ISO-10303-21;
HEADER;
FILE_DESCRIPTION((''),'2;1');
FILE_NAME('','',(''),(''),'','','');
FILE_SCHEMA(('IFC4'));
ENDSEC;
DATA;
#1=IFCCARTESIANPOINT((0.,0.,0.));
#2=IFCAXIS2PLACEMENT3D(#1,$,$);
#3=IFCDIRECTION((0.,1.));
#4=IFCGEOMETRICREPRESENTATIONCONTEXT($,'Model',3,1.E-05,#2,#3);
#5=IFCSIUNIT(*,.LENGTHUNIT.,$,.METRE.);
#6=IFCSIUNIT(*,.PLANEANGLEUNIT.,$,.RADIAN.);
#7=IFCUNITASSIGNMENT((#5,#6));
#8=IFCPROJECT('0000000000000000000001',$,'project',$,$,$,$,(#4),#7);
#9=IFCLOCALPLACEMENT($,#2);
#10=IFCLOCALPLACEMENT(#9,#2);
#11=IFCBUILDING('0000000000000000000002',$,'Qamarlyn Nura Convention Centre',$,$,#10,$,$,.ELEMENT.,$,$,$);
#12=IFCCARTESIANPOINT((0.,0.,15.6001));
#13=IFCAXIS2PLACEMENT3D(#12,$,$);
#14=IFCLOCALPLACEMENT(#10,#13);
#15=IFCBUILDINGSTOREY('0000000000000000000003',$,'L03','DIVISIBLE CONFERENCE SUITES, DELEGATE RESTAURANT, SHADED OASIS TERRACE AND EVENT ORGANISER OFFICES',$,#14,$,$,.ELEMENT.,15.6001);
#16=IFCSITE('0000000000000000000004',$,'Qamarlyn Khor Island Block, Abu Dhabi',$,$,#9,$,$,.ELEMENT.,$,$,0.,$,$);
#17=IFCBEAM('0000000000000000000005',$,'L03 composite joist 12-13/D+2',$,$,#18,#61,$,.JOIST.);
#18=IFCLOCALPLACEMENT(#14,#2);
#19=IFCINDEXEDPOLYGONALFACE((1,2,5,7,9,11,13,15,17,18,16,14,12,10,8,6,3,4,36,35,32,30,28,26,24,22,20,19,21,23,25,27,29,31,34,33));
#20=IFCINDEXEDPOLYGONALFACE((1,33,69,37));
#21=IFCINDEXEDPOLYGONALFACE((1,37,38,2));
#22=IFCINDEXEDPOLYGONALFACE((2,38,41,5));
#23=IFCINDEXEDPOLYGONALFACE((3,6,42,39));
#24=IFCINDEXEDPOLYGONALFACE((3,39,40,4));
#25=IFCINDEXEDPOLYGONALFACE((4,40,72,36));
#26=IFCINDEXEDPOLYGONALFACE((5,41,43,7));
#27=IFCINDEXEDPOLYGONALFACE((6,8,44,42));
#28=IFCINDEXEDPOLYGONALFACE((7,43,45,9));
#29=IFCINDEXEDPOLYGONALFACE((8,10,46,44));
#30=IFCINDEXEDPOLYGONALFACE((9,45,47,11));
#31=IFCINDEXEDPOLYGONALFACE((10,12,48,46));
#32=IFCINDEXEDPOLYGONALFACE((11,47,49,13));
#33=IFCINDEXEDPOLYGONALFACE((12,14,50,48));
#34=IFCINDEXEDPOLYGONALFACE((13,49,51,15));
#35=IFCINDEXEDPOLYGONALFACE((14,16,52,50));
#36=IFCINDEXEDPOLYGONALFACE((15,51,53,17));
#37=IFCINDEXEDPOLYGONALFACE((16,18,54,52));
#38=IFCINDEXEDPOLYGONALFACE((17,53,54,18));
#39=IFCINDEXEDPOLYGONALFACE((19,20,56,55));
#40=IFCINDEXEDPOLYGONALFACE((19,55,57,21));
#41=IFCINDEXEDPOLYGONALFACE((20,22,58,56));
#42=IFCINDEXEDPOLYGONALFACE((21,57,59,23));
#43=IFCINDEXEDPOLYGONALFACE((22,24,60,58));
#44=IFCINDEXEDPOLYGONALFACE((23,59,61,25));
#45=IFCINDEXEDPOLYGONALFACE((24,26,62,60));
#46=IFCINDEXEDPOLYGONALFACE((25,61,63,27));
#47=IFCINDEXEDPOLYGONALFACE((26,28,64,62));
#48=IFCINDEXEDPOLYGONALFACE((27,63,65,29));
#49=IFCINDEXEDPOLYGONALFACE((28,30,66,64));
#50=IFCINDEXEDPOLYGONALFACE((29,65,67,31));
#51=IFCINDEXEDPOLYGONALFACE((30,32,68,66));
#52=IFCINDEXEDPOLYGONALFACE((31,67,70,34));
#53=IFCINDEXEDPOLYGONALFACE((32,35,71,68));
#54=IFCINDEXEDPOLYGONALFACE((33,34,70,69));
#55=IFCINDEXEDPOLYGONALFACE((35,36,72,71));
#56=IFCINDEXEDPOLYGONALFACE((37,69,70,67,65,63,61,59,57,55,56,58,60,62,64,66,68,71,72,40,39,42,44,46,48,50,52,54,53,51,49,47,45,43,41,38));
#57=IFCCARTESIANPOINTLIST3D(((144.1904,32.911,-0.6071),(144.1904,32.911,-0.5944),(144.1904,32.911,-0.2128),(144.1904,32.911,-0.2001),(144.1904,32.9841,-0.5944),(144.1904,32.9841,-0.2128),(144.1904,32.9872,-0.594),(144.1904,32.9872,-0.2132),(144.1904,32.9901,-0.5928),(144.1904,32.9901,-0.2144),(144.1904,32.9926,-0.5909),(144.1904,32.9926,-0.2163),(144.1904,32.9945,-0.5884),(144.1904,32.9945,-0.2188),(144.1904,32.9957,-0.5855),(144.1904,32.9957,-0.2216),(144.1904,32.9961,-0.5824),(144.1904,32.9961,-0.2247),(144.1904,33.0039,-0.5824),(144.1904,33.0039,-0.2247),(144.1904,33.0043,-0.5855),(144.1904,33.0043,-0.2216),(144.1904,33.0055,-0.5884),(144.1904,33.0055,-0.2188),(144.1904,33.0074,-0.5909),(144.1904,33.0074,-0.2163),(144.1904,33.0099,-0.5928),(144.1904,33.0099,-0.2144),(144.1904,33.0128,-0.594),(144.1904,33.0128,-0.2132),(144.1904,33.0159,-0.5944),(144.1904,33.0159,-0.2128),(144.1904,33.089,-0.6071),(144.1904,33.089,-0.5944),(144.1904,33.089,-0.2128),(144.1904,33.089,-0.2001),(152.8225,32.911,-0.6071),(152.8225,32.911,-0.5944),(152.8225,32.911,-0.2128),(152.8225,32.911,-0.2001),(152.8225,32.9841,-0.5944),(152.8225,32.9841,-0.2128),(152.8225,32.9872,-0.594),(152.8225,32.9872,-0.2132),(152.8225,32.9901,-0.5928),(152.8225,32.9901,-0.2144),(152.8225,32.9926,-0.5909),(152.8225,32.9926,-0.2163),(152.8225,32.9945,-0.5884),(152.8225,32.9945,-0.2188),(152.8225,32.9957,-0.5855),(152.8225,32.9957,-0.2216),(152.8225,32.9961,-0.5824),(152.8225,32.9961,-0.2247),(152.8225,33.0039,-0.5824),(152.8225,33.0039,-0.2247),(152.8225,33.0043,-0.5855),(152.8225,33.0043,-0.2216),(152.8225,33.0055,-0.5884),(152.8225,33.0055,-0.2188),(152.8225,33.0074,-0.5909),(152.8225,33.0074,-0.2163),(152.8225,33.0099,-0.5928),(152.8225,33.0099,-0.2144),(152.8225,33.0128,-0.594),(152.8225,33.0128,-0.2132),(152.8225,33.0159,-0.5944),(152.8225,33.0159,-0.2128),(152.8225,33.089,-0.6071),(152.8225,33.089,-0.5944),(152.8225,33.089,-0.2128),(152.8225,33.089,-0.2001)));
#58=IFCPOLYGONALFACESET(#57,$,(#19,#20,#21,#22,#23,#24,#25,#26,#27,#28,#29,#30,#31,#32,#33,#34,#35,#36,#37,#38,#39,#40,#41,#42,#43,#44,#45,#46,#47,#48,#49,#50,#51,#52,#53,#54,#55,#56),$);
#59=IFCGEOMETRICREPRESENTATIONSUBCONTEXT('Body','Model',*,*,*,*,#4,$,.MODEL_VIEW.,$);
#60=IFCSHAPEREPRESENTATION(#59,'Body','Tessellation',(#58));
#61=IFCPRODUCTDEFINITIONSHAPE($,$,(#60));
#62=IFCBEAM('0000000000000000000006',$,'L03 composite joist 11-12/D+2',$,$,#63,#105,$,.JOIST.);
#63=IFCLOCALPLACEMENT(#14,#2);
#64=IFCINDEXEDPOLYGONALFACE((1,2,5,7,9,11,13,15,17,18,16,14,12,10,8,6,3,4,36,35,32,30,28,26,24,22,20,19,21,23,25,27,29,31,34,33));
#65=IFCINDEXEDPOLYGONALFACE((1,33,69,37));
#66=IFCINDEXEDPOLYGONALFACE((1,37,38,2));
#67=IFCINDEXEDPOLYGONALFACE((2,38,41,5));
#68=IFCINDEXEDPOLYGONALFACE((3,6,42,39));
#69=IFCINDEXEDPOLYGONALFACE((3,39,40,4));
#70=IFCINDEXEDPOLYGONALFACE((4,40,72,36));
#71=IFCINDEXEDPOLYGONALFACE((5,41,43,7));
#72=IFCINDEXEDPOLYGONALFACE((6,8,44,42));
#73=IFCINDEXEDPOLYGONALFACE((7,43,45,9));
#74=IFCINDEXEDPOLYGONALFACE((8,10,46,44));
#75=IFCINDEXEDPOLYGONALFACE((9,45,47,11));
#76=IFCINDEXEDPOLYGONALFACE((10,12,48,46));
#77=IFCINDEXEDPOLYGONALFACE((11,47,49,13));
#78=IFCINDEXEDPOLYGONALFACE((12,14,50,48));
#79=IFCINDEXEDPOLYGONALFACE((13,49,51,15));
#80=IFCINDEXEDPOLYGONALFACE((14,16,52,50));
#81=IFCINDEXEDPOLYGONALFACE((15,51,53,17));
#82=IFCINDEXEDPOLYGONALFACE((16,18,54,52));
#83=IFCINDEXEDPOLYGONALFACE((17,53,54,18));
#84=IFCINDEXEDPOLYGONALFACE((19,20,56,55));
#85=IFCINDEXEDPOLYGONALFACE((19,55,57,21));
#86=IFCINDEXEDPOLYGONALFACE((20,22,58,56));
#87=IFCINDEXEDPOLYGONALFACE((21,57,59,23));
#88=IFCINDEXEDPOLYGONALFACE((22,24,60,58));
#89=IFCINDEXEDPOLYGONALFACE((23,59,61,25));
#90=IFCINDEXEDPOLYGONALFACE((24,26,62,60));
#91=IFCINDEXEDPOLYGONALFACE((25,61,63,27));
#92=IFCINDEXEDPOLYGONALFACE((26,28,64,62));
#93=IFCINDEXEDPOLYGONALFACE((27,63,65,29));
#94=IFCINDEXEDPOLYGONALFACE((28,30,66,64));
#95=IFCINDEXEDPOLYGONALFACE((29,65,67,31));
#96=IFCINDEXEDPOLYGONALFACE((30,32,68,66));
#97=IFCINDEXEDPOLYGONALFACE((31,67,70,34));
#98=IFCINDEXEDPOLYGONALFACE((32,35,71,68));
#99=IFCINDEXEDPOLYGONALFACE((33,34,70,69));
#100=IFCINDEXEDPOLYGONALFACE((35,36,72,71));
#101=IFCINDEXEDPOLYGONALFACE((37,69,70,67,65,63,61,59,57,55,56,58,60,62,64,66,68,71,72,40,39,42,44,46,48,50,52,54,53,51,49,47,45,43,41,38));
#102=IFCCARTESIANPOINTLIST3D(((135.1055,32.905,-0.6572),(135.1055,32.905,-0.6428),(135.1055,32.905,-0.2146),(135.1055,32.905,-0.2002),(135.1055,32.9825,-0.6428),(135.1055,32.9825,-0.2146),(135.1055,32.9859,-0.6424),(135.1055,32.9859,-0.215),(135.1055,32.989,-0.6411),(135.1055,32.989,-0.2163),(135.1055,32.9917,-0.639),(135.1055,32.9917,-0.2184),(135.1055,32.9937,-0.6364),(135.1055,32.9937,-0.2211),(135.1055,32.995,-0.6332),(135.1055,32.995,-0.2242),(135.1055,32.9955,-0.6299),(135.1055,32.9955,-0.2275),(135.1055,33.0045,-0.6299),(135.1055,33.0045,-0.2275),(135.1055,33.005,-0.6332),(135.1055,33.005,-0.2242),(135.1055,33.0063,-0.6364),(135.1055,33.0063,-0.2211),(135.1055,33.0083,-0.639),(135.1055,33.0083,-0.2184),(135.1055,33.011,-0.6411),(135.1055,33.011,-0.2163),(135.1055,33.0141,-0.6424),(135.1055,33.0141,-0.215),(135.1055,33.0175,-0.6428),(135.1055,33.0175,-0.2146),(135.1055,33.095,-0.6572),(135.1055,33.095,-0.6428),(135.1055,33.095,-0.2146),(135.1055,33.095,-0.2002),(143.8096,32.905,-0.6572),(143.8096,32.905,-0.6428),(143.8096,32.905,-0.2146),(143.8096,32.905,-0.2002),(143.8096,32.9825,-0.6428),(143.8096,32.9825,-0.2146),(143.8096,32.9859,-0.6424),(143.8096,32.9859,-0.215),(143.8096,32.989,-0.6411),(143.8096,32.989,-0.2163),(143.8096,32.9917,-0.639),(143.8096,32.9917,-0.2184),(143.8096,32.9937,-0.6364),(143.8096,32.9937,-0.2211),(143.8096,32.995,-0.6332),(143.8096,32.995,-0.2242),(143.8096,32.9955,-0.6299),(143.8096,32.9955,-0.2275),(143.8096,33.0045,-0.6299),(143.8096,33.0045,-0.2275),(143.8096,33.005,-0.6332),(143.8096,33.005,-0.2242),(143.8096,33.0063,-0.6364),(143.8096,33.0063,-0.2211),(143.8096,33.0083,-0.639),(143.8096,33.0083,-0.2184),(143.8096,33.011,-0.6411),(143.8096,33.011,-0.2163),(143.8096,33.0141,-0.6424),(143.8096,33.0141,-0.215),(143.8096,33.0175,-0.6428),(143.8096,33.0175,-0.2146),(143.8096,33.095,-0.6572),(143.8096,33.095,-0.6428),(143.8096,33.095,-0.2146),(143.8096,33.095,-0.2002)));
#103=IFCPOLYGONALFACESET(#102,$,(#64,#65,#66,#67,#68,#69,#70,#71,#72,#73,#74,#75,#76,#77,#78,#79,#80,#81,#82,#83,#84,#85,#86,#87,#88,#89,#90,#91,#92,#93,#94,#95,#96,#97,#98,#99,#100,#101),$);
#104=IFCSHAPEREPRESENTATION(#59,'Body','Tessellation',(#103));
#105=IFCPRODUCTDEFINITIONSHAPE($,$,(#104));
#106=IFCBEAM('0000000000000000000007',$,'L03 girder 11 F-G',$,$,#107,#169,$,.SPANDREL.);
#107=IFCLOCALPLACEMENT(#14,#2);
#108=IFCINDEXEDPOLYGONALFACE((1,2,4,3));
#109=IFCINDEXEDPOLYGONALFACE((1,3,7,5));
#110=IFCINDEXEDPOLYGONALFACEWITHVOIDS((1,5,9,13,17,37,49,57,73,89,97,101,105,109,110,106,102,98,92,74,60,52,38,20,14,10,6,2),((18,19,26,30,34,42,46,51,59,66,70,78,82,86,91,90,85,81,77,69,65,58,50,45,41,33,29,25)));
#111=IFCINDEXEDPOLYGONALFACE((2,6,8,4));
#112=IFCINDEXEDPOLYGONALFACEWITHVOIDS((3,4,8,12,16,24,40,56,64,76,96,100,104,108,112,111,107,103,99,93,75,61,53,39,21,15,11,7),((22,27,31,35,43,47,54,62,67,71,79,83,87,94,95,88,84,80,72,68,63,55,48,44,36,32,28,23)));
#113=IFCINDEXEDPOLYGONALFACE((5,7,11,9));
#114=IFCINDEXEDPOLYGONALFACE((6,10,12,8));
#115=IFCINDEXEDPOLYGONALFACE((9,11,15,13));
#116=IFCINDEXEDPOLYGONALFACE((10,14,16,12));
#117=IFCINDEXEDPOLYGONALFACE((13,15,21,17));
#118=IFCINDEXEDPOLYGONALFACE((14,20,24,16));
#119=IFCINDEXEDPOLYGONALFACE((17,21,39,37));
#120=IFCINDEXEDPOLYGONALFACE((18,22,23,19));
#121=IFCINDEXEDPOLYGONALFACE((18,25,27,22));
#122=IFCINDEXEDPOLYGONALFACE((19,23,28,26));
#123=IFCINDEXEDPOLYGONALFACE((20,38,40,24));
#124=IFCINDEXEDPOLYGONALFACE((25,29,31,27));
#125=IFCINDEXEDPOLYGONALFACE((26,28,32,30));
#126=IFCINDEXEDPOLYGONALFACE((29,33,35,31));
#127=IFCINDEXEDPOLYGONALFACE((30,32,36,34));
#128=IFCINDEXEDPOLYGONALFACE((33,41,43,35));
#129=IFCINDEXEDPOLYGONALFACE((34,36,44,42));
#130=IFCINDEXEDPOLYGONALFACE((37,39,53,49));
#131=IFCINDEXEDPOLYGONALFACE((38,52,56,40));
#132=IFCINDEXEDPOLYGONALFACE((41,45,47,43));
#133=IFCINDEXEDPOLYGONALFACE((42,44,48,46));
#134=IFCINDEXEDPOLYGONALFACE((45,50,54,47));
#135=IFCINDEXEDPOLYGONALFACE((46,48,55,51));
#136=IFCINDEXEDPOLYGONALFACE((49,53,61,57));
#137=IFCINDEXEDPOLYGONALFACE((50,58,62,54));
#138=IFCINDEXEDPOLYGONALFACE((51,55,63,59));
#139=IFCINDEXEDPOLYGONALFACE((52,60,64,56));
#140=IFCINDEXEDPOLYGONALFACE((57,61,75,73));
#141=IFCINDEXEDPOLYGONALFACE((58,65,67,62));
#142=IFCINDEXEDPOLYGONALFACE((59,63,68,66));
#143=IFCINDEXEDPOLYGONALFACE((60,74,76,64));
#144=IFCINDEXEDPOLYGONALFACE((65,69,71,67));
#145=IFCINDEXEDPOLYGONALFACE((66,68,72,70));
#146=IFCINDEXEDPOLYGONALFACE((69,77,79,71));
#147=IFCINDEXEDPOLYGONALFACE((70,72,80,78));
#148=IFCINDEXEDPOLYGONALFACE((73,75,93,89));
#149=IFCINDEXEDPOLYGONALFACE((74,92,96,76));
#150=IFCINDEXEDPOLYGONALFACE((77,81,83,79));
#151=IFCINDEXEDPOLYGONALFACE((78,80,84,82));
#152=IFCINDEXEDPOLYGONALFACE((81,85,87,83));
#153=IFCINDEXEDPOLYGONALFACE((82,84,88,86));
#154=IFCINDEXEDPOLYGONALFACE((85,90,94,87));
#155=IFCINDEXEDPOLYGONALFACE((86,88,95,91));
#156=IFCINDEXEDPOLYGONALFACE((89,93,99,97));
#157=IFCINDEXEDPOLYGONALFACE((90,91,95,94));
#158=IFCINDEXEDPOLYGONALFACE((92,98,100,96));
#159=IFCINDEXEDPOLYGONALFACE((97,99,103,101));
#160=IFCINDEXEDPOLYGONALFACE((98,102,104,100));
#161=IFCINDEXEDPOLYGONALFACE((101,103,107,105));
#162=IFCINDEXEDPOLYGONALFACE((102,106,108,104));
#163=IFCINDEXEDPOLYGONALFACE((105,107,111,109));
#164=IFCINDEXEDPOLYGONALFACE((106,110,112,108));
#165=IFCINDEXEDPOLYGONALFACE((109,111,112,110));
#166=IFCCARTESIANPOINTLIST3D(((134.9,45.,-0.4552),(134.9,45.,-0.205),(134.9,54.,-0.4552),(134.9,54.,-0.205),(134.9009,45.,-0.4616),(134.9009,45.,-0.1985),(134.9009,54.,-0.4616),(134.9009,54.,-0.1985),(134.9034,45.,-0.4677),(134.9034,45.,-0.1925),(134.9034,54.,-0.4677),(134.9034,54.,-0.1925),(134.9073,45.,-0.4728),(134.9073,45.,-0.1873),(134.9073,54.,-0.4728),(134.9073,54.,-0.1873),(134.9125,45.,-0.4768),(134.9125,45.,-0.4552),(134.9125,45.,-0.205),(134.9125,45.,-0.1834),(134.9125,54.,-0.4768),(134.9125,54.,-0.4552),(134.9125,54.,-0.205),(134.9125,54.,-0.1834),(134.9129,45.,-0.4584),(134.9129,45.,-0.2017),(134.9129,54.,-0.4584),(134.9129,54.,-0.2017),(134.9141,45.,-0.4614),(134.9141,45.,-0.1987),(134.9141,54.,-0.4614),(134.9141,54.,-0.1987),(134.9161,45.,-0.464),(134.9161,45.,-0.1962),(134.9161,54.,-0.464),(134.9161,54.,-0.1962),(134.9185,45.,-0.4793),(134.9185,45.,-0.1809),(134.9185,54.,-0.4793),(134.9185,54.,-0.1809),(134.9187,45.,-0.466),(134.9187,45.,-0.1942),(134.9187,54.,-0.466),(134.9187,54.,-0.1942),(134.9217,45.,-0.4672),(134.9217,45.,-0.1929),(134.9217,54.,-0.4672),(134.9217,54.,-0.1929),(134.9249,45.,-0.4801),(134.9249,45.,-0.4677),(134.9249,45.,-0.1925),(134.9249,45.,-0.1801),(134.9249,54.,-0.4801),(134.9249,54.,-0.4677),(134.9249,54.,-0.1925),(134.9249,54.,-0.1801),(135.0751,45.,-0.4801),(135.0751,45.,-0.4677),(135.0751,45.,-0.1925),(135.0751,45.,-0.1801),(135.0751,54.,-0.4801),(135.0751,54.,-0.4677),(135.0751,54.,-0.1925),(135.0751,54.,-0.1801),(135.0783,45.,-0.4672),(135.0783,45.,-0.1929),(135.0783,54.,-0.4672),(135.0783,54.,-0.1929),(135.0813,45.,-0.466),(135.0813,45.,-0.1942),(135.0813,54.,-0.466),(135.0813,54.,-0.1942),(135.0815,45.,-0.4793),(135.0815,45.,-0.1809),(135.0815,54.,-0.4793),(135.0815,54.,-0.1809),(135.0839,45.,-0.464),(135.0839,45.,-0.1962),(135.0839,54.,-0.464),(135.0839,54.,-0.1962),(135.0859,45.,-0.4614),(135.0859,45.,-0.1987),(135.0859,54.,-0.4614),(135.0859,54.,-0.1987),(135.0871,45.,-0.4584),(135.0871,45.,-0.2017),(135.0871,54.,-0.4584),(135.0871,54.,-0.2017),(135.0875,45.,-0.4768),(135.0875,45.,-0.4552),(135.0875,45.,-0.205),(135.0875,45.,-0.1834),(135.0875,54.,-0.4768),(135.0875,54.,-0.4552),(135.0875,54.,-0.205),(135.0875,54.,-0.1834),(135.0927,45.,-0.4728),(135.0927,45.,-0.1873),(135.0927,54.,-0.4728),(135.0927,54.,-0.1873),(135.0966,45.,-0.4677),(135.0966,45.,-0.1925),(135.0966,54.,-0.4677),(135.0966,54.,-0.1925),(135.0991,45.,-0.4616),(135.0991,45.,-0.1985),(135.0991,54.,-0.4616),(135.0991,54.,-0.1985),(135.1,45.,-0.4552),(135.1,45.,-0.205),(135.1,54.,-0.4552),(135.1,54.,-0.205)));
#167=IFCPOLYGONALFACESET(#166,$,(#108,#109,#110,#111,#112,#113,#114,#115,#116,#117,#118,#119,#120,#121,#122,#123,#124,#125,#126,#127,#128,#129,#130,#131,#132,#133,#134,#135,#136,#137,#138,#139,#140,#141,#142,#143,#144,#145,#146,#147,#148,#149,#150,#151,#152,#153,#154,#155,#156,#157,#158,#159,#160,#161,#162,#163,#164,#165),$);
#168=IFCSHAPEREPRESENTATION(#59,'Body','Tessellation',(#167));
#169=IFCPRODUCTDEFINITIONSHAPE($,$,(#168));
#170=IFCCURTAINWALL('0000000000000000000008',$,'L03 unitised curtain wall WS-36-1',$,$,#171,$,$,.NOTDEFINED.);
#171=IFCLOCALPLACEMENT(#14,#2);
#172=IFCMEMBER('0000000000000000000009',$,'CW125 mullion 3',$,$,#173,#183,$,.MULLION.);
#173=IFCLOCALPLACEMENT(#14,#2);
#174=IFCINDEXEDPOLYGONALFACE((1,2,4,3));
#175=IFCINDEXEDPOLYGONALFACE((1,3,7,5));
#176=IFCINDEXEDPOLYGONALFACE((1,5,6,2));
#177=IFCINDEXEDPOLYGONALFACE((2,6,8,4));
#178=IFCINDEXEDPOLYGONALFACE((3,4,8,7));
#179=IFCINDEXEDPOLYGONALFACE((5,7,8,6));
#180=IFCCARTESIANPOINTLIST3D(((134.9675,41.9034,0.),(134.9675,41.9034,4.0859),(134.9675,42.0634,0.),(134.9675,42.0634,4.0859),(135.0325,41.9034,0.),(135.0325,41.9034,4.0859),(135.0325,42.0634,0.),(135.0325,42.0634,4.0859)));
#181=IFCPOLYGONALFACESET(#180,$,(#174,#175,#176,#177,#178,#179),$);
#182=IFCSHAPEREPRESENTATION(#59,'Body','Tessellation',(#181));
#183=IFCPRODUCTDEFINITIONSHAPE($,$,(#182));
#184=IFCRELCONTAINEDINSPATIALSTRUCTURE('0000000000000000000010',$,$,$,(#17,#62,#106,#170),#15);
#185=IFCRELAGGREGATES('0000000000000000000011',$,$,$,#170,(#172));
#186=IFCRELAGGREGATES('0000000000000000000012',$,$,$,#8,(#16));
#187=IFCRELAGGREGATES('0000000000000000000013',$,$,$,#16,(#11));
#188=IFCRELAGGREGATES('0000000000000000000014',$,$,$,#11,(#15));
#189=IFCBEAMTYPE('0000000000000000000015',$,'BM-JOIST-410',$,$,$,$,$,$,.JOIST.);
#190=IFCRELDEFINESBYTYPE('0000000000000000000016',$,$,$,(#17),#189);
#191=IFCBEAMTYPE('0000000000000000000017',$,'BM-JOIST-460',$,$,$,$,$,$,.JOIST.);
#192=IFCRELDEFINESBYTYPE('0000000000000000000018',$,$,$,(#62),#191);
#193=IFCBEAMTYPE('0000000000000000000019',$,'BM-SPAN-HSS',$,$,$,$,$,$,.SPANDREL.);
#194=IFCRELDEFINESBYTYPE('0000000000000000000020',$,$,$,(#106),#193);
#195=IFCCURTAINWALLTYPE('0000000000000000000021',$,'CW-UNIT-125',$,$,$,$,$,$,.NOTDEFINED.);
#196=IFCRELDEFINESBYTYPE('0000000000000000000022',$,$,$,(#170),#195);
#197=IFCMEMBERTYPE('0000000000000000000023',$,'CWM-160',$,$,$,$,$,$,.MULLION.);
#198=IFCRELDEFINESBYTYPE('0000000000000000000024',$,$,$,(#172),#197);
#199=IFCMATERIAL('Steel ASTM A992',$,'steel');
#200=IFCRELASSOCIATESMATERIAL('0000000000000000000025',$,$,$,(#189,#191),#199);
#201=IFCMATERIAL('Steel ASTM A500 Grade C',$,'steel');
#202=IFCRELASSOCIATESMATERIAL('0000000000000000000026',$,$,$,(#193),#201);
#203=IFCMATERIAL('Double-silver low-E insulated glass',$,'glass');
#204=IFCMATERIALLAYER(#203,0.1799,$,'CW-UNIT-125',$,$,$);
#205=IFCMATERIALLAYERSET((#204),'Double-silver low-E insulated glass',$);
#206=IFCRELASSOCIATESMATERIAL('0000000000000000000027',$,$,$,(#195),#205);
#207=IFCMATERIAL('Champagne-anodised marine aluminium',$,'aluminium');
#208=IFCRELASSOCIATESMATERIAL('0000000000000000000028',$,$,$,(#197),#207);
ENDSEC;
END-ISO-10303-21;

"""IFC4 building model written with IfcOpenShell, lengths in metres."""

from ifc_helpers import new_model, si_unit, direction, frame, origin, origin_2d, place, context, subcontext, project, spatial, rectangle, hollow_rectangle, i_section, extrude, material, layer, layer_set, material_profile, profile_set, type_object, element, aggregate, save


model = new_model("IFC4")

# Units and contexts
model_context = context("Model", 3, precision=1e-05, world=origin(), true_north=direction((0.0, 1.0)))
body_context = subcontext(model_context, "Body", "Model", "MODEL_VIEW")
ifc_project = project(units=[si_unit("LENGTHUNIT", "METRE"), si_unit("PLANEANGLEUNIT", "RADIAN")], contexts=[model_context])

# Site, building, storey
site_placement = place(None, origin())
site = spatial("IfcSite", under=ifc_project, at=site_placement, Name="Qamarlyn Khor Island Block, Abu Dhabi", CompositionType="ELEMENT", RefElevation=0.0)
building_placement = place(site_placement, origin())
building = spatial("IfcBuilding", under=site, at=building_placement, Name="Qamarlyn Nura Convention Centre", CompositionType="ELEMENT")
storey_placement = place(building_placement, frame((0.0, 0.0, 15.6001)))
storey = spatial("IfcBuildingStorey", under=building, at=storey_placement, Name="L03", Description="DIVISIBLE CONFERENCE SUITES, DELEGATE RESTAURANT, SHADED OASIS TERRACE AND EVENT ORGANISER OFFICES", CompositionType="ELEMENT", Elevation=15.6001)

# Shared definitions
ifc_material_1 = material(Name="Steel ASTM A992", Category="steel")

# Beams
ifc_material_profile_1 = material_profile(ifc_material_1, i_section(OverallWidth=0.178, OverallDepth=0.407, WebThickness=0.0078, FlangeThickness=0.0127, FilletRadius=0.012, at=origin_2d()), Name="W410X60")
ifc_profile_set_1 = profile_set([ifc_material_profile_1], Name="Steel ASTM A992")
beam_type_1 = type_object("IfcBeamType", Name="BM-JOIST-410", PredefinedType="JOIST", material=ifc_profile_set_1)
beam_1_placement = place(storey_placement, frame((144.1904, 33.0, -0.4036), z_axis=(1.0, 0.0, 0.0), x_axis=(0.0, 1.0, 0.0)))
element("IfcBeam", 1, at=beam_1_placement, inside=storey, type_object=beam_type_1, Name="L03 composite joist 12-13/D+2", PredefinedType="JOIST", context=body_context, shape_type="SweptSolid", body=[
    extrude(i_section(OverallWidth=0.178, OverallDepth=0.407, WebThickness=0.0078, FlangeThickness=0.0127, FilletRadius=0.012, at=origin_2d()), origin(), (0.0, 0.0, 1.0), 8.6321),
])
ifc_material_profile_2 = material_profile(ifc_material_1, i_section(OverallWidth=0.1899, OverallDepth=0.457, WebThickness=0.009, FlangeThickness=0.0144, FilletRadius=0.0129, at=origin_2d()), Name="W460X74")
ifc_profile_set_2 = profile_set([ifc_material_profile_2], Name="Steel ASTM A992")
beam_type_2 = type_object("IfcBeamType", Name="BM-JOIST-460", PredefinedType="JOIST", material=ifc_profile_set_2)
beam_2_placement = place(storey_placement, frame((135.1055, 33.0, -0.4287), z_axis=(1.0, 0.0, 0.0), x_axis=(0.0, 1.0, 0.0)))
element("IfcBeam", 2, at=beam_2_placement, inside=storey, type_object=beam_type_2, Name="L03 composite joist 11-12/D+2", PredefinedType="JOIST", context=body_context, shape_type="SweptSolid", body=[
    extrude(i_section(OverallWidth=0.1899, OverallDepth=0.457, WebThickness=0.009, FlangeThickness=0.0144, FilletRadius=0.0129, at=origin_2d()), origin(), (0.0, 0.0, 1.0), 8.7041),
])
ifc_material_2 = material(Name="Steel ASTM A500 Grade C", Category="steel")
ifc_material_profile_3 = material_profile(ifc_material_2, hollow_rectangle(XDim=0.2, YDim=0.3, WallThickness=0.0125, InnerFilletRadius=0.0125, OuterFilletRadius=0.0249, at=origin_2d()), Name="HSS300X200X12.5")
ifc_profile_set_3 = profile_set([ifc_material_profile_3], Name="Steel ASTM A500 Grade C")
beam_type_3 = type_object("IfcBeamType", Name="BM-SPAN-HSS", PredefinedType="SPANDREL", material=ifc_profile_set_3)
beam_3_placement = place(storey_placement, frame((135.0, 45.0, -0.3301), z_axis=(0.0, 1.0, 0.0), x_axis=(-1.0, 0.0, 0.0)))
element("IfcBeam", 3, at=beam_3_placement, inside=storey, type_object=beam_type_3, Name="L03 girder 11 F-G", PredefinedType="SPANDREL", context=body_context, shape_type="SweptSolid", body=[
    extrude(hollow_rectangle(XDim=0.2, YDim=0.3, WallThickness=0.0125, InnerFilletRadius=0.0125, OuterFilletRadius=0.0249, at=origin_2d()), origin(), (0.0, 0.0, 1.0), 9.0),
])

# Curtain wall, member
ifc_material_3 = material(Name="Double-silver low-E insulated glass", Category="glass")
ifc_layer_1 = layer(ifc_material_3, 0.1799, Name="CW-UNIT-125")
ifc_layer_set_1 = layer_set([ifc_layer_1], Name="Double-silver low-E insulated glass")
curtain_wall_type = type_object("IfcCurtainWallType", Name="CW-UNIT-125", PredefinedType="NOTDEFINED", material=ifc_layer_set_1)
curtain_wall_placement = place(storey_placement, origin())
curtain_wall = element("IfcCurtainWall", 4, at=curtain_wall_placement, inside=storey, type_object=curtain_wall_type, Name="L03 unitised curtain wall WS-36-1", PredefinedType="NOTDEFINED")
ifc_material_4 = material(Name="Champagne-anodised marine aluminium", Category="aluminium")
ifc_material_profile_4 = material_profile(ifc_material_4, rectangle(XDim=0.0649, YDim=0.1599, at=origin_2d()), Name="ALU MULLION 65x160")
ifc_profile_set_4 = profile_set([ifc_material_profile_4], Name="Champagne-anodised marine aluminium")
member_type_1 = type_object("IfcMemberType", Name="CWM-160", PredefinedType="MULLION", material=ifc_profile_set_4)
member_1_placement = place(storey_placement, frame((135.0, 41.9834, 0.0), z_axis=(0.0, 0.0, 1.0), x_axis=(-1.0, 0.0, 0.0)))
member_1 = element("IfcMember", 5, at=member_1_placement, type_object=member_type_1, Name="CW125 mullion 3", PredefinedType="MULLION", context=body_context, shape_type="SweptSolid", body=[
    extrude(rectangle(XDim=0.0649, YDim=0.1599, at=origin_2d()), origin(), (0.0, 0.0, 1.0), 4.0859),
])
aggregate(curtain_wall, [member_1])

save(model, "model.ifc")
